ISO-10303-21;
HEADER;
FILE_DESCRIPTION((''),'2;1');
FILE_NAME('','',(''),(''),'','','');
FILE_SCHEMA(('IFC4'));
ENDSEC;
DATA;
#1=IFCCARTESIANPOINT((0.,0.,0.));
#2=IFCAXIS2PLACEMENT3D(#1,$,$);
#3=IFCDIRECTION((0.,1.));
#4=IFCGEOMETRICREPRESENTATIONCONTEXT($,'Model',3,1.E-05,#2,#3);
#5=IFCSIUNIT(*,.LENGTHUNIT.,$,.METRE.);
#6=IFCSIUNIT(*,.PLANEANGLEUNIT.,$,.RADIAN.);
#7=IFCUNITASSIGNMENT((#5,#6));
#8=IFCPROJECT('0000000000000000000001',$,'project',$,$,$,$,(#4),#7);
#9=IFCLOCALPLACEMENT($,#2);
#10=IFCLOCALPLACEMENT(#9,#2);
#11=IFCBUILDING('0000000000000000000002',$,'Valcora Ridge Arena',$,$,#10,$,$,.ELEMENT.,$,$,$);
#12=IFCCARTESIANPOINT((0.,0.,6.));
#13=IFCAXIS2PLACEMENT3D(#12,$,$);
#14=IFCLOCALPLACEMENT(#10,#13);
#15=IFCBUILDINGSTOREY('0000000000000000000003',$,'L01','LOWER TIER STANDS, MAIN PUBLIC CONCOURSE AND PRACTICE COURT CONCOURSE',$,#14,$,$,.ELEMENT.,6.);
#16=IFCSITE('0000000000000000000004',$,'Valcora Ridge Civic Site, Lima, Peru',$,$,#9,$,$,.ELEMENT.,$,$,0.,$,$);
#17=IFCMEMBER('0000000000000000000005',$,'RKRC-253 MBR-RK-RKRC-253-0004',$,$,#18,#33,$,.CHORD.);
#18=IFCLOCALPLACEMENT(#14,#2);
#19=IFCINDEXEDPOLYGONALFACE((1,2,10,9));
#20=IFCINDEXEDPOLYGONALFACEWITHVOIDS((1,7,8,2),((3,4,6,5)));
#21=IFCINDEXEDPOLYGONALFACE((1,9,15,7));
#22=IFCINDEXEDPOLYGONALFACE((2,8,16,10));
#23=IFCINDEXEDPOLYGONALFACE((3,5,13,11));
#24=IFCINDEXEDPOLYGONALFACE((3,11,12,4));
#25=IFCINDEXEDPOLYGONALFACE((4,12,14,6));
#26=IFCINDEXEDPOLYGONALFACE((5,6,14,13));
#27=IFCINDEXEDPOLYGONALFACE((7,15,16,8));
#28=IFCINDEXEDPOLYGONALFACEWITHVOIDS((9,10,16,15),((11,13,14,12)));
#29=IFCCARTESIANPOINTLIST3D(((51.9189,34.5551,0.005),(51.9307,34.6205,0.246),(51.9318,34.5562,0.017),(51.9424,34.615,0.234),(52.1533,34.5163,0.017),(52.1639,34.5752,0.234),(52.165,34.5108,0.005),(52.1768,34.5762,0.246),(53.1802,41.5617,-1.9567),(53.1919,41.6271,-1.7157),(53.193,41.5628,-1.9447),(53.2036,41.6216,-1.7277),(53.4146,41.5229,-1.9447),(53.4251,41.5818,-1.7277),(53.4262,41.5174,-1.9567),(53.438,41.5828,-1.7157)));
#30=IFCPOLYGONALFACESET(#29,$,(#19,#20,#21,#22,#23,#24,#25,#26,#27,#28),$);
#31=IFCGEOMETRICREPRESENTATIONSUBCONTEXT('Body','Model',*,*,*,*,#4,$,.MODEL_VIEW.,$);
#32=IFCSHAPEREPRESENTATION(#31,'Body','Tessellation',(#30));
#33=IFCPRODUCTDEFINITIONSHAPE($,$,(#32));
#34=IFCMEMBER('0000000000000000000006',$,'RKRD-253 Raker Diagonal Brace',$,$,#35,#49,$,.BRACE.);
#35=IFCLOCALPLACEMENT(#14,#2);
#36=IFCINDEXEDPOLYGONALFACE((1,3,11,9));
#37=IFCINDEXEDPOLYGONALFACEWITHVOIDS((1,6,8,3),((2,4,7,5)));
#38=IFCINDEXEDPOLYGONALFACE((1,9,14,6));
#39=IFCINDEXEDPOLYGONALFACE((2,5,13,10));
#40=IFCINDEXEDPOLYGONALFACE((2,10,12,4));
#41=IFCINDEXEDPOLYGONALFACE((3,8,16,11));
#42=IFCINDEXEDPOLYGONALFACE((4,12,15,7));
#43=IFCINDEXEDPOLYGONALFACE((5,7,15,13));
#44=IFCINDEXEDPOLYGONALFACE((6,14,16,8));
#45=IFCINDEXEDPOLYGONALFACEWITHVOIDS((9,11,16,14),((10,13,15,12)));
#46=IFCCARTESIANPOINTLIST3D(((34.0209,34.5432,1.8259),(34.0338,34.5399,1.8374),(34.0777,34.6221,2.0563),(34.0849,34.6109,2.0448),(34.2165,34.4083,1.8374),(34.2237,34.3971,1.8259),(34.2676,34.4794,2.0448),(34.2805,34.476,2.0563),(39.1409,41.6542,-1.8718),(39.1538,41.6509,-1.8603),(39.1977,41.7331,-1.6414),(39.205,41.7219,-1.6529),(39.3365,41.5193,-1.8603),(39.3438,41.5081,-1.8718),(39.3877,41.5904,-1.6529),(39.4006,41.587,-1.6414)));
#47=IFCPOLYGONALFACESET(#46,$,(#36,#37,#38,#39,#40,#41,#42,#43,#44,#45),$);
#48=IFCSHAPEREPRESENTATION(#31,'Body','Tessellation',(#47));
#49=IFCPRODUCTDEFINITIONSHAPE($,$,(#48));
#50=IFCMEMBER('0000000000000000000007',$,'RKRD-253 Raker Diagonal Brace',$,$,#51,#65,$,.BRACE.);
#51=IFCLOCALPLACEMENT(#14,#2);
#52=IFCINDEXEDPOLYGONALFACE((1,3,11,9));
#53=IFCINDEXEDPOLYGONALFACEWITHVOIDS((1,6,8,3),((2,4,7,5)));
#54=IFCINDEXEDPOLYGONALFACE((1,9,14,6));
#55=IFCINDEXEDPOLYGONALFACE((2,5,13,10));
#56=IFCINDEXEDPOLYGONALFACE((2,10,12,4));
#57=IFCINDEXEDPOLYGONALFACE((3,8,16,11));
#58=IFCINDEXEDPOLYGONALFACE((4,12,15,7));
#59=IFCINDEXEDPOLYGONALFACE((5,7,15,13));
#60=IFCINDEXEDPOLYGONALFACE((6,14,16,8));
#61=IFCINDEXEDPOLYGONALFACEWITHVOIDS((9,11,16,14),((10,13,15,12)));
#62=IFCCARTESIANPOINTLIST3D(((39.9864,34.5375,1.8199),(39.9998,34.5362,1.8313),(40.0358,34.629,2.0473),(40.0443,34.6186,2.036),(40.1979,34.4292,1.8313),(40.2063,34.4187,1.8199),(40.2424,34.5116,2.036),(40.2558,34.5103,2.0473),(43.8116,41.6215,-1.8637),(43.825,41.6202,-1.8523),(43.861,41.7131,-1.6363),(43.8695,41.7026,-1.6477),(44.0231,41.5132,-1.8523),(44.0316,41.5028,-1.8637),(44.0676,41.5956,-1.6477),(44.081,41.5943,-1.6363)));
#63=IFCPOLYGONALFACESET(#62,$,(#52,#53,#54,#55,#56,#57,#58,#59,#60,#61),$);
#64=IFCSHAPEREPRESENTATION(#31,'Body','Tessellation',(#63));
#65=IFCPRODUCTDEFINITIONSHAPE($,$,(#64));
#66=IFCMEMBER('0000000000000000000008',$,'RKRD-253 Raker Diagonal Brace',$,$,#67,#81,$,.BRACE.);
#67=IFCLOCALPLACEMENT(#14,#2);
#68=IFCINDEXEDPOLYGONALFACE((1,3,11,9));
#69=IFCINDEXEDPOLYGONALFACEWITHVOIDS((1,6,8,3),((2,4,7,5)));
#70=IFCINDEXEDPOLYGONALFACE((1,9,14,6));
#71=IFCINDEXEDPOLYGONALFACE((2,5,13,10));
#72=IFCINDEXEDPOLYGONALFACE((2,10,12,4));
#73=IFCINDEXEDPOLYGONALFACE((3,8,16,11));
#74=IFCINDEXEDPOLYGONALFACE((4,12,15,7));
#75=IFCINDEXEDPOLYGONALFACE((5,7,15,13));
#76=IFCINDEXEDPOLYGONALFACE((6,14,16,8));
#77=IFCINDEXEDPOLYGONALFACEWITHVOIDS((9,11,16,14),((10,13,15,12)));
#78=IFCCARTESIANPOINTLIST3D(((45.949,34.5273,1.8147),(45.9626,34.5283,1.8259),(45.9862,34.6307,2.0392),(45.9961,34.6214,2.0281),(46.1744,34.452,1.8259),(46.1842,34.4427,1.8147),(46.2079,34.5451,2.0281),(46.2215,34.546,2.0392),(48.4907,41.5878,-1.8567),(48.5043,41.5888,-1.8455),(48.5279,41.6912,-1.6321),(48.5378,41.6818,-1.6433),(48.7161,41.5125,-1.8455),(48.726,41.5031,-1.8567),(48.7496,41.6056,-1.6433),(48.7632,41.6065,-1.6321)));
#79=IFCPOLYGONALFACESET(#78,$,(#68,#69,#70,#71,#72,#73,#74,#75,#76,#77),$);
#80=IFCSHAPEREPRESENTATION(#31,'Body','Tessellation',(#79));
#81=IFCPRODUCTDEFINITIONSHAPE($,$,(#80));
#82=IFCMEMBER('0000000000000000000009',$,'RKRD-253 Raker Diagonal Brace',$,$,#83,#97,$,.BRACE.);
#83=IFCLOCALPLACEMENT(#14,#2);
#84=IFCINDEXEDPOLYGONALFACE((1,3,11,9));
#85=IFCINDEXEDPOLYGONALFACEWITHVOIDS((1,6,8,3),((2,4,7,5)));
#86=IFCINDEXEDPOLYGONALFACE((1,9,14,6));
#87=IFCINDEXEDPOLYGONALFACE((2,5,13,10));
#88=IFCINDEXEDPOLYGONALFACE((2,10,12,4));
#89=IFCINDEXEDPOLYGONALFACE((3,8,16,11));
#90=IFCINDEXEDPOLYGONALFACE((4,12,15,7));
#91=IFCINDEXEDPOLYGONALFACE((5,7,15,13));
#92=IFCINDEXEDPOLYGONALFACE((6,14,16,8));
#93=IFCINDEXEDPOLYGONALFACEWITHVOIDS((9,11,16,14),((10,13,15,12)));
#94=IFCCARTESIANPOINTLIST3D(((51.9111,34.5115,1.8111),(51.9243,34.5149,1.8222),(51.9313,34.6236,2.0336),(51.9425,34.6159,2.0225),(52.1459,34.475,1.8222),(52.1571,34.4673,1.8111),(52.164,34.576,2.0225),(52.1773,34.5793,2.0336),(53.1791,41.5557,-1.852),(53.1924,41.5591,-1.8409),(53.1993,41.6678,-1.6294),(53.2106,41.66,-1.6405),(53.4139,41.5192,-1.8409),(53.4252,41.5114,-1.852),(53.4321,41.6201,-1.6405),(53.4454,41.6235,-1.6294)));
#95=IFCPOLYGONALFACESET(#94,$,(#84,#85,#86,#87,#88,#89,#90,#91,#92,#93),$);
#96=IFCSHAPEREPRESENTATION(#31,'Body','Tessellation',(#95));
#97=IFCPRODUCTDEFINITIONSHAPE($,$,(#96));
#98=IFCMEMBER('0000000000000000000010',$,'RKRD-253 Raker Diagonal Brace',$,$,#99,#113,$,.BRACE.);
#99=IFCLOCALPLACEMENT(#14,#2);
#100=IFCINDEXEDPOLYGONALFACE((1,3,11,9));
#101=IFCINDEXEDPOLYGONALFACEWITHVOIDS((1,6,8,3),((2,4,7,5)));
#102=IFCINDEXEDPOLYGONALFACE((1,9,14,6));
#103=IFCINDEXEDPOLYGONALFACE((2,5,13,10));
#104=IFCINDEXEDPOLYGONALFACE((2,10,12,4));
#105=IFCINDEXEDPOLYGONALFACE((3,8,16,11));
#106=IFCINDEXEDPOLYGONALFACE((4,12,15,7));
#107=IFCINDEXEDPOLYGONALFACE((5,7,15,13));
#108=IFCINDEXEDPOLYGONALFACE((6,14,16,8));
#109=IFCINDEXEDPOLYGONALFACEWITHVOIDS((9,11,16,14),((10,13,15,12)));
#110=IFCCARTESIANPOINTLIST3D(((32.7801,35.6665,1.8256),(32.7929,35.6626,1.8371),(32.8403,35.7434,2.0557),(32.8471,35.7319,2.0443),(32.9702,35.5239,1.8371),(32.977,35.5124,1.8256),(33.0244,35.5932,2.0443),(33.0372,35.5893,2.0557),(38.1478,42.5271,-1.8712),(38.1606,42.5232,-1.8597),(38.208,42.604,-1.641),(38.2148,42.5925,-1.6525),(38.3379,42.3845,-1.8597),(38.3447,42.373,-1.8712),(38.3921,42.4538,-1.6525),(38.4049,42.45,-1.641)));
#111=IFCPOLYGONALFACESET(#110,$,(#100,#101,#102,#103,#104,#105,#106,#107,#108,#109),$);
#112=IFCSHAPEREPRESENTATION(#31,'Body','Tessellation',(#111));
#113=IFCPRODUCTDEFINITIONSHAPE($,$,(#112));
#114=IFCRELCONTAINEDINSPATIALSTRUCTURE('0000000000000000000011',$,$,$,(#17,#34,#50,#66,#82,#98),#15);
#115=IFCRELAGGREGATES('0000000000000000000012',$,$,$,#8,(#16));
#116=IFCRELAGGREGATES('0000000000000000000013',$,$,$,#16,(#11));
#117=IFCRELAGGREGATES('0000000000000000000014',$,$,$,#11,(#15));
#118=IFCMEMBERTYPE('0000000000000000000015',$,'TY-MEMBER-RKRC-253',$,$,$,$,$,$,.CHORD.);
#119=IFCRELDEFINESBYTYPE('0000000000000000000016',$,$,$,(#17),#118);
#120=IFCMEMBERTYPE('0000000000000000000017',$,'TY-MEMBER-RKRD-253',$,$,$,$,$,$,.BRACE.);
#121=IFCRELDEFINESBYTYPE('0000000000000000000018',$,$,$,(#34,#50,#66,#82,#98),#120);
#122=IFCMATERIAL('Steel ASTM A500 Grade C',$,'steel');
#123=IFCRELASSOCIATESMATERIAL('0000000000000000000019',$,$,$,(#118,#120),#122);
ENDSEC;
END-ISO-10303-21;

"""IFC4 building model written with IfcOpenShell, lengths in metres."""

from ifc_helpers import new_model, si_unit, direction, frame, origin, origin_2d, place, context, subcontext, project, spatial, hollow_rectangle, extrude, material, material_profile, profile_set, type_object, element, save


model = new_model("IFC4")

# Units and contexts
model_context = context("Model", 3, precision=1e-05, world=origin(), true_north=direction((0.0, 1.0)))
body_context = subcontext(model_context, "Body", "Model", "MODEL_VIEW")
ifc_project = project(units=[si_unit("LENGTHUNIT", "METRE"), si_unit("PLANEANGLEUNIT", "RADIAN")], contexts=[model_context])

# Site, building, storey
site_placement = place(None, origin())
site = spatial("IfcSite", under=ifc_project, at=site_placement, Name="Valcora Ridge Civic Site, Lima, Peru", CompositionType="ELEMENT", RefElevation=0.0)
building_placement = place(site_placement, origin())
building = spatial("IfcBuilding", under=site, at=building_placement, Name="Valcora Ridge Arena", CompositionType="ELEMENT")
storey_placement = place(building_placement, frame((0.0, 0.0, 6.0)))
storey = spatial("IfcBuildingStorey", under=building, at=storey_placement, Name="L01", Description="LOWER TIER STANDS, MAIN PUBLIC CONCOURSE AND PRACTICE COURT CONCOURSE", CompositionType="ELEMENT", Elevation=6.0)

# Members
ifc_material_1 = material(Name="Steel ASTM A500 Grade C", Category="steel")
ifc_material_profile_1 = material_profile(ifc_material_1, hollow_rectangle(XDim=0.25, YDim=0.25, WallThickness=0.0125, at=origin_2d()), Name="HSS250X250X12")
ifc_profile_set_1 = profile_set([ifc_material_profile_1], Name="Steel ASTM A500 Grade C")
member_type_1 = type_object("IfcMemberType", Name="TY-MEMBER-RKRC-253", PredefinedType="CHORD", material=ifc_profile_set_1)
member_1_placement = place(storey_placement, frame((53.3091, 41.5723, -1.8362), z_axis=(-0.170794, -0.948821, 0.265646), x_axis=(0.984182, -0.177159, 0.0)))
element("IfcMember", 1, at=member_1_placement, inside=storey, type_object=member_type_1, Name="RKRC-253 MBR-RK-RKRC-253-0004", PredefinedType="CHORD", context=body_context, shape_type="SweptSolid", body=[
    extrude(hollow_rectangle(XDim=0.25, YDim=0.25, WallThickness=0.0125, at=origin_2d()), origin(), (0.0, 0.0, 1.0), 7.3845),
])
ifc_material_profile_2 = material_profile(ifc_material_1, hollow_rectangle(XDim=0.25, YDim=0.25, WallThickness=0.0125, at=origin_2d()), Name="HSS250X250X12")
ifc_profile_set_2 = profile_set([ifc_material_profile_2], Name="Steel ASTM A500 Grade C")
member_type_2 = type_object("IfcMemberType", Name="TY-MEMBER-RKRD-253", PredefinedType="BRACE", material=ifc_profile_set_2)
member_2_placement = place(storey_placement, frame((39.2708, 41.6206, -1.7566), z_axis=(-0.538344, -0.74768, 0.388793), x_axis=(0.811527, -0.584315, 0.0)))
element("IfcMember", 2, at=member_2_placement, inside=storey, type_object=member_type_2, Name="RKRD-253 Raker Diagonal Brace", PredefinedType="BRACE", context=body_context, shape_type="SweptSolid", body=[
    extrude(hollow_rectangle(XDim=0.25, YDim=0.25, WallThickness=0.0125, at=origin_2d()), origin(), (0.0, 0.0, 1.0), 9.5107),
])
member_3_placement = place(storey_placement, frame((43.9463, 41.6079, -1.75), z_axis=(-0.432056, -0.800137, 0.416062), x_axis=(0.879914, -0.475134, 0.0)))
element("IfcMember", 3, at=member_3_placement, inside=storey, type_object=member_type_2, Name="RKRD-253 Raker Diagonal Brace", PredefinedType="BRACE", context=body_context, shape_type="SweptSolid", body=[
    extrude(hollow_rectangle(XDim=0.25, YDim=0.25, WallThickness=0.0125, at=origin_2d()), origin(), (0.0, 0.0, 1.0), 8.8535),
])
member_4_placement = place(storey_placement, frame((48.627, 41.5972, -1.7444), z_axis=(-0.304252, -0.84516, 0.439472), x_axis=(0.940889, -0.338714, 0.0)))
element("IfcMember", 4, at=member_4_placement, inside=storey, type_object=member_type_2, Name="RKRD-253 Raker Diagonal Brace", PredefinedType="BRACE", context=body_context, shape_type="SweptSolid", body=[
    extrude(hollow_rectangle(XDim=0.25, YDim=0.25, WallThickness=0.0125, at=origin_2d()), origin(), (0.0, 0.0, 1.0), 8.354),
])
member_5_placement = place(storey_placement, frame((53.3123, 41.5896, -1.7407), z_axis=(-0.157713, -0.876108, 0.455589), x_axis=(0.984181, -0.177168, 0.0)))
element("IfcMember", 5, at=member_5_placement, inside=storey, type_object=member_type_2, Name="RKRD-253 Raker Diagonal Brace", PredefinedType="BRACE", context=body_context, shape_type="SweptSolid", body=[
    extrude(hollow_rectangle(XDim=0.25, YDim=0.25, WallThickness=0.0125, at=origin_2d()), origin(), (0.0, 0.0, 1.0), 8.0403),
])
member_6_placement = place(storey_placement, frame((38.2764, 42.4885, -1.7561), z_axis=(-0.567236, -0.725002, 0.390661), x_axis=(0.787588, -0.616202, 0.0)))
element("IfcMember", 6, at=member_6_placement, inside=storey, type_object=member_type_2, Name="RKRD-253 Raker Diagonal Brace", PredefinedType="BRACE", context=body_context, shape_type="SweptSolid", body=[
    extrude(hollow_rectangle(XDim=0.25, YDim=0.25, WallThickness=0.0125, at=origin_2d()), origin(), (0.0, 0.0, 1.0), 9.4629),
])

save(model, "model.ifc")
